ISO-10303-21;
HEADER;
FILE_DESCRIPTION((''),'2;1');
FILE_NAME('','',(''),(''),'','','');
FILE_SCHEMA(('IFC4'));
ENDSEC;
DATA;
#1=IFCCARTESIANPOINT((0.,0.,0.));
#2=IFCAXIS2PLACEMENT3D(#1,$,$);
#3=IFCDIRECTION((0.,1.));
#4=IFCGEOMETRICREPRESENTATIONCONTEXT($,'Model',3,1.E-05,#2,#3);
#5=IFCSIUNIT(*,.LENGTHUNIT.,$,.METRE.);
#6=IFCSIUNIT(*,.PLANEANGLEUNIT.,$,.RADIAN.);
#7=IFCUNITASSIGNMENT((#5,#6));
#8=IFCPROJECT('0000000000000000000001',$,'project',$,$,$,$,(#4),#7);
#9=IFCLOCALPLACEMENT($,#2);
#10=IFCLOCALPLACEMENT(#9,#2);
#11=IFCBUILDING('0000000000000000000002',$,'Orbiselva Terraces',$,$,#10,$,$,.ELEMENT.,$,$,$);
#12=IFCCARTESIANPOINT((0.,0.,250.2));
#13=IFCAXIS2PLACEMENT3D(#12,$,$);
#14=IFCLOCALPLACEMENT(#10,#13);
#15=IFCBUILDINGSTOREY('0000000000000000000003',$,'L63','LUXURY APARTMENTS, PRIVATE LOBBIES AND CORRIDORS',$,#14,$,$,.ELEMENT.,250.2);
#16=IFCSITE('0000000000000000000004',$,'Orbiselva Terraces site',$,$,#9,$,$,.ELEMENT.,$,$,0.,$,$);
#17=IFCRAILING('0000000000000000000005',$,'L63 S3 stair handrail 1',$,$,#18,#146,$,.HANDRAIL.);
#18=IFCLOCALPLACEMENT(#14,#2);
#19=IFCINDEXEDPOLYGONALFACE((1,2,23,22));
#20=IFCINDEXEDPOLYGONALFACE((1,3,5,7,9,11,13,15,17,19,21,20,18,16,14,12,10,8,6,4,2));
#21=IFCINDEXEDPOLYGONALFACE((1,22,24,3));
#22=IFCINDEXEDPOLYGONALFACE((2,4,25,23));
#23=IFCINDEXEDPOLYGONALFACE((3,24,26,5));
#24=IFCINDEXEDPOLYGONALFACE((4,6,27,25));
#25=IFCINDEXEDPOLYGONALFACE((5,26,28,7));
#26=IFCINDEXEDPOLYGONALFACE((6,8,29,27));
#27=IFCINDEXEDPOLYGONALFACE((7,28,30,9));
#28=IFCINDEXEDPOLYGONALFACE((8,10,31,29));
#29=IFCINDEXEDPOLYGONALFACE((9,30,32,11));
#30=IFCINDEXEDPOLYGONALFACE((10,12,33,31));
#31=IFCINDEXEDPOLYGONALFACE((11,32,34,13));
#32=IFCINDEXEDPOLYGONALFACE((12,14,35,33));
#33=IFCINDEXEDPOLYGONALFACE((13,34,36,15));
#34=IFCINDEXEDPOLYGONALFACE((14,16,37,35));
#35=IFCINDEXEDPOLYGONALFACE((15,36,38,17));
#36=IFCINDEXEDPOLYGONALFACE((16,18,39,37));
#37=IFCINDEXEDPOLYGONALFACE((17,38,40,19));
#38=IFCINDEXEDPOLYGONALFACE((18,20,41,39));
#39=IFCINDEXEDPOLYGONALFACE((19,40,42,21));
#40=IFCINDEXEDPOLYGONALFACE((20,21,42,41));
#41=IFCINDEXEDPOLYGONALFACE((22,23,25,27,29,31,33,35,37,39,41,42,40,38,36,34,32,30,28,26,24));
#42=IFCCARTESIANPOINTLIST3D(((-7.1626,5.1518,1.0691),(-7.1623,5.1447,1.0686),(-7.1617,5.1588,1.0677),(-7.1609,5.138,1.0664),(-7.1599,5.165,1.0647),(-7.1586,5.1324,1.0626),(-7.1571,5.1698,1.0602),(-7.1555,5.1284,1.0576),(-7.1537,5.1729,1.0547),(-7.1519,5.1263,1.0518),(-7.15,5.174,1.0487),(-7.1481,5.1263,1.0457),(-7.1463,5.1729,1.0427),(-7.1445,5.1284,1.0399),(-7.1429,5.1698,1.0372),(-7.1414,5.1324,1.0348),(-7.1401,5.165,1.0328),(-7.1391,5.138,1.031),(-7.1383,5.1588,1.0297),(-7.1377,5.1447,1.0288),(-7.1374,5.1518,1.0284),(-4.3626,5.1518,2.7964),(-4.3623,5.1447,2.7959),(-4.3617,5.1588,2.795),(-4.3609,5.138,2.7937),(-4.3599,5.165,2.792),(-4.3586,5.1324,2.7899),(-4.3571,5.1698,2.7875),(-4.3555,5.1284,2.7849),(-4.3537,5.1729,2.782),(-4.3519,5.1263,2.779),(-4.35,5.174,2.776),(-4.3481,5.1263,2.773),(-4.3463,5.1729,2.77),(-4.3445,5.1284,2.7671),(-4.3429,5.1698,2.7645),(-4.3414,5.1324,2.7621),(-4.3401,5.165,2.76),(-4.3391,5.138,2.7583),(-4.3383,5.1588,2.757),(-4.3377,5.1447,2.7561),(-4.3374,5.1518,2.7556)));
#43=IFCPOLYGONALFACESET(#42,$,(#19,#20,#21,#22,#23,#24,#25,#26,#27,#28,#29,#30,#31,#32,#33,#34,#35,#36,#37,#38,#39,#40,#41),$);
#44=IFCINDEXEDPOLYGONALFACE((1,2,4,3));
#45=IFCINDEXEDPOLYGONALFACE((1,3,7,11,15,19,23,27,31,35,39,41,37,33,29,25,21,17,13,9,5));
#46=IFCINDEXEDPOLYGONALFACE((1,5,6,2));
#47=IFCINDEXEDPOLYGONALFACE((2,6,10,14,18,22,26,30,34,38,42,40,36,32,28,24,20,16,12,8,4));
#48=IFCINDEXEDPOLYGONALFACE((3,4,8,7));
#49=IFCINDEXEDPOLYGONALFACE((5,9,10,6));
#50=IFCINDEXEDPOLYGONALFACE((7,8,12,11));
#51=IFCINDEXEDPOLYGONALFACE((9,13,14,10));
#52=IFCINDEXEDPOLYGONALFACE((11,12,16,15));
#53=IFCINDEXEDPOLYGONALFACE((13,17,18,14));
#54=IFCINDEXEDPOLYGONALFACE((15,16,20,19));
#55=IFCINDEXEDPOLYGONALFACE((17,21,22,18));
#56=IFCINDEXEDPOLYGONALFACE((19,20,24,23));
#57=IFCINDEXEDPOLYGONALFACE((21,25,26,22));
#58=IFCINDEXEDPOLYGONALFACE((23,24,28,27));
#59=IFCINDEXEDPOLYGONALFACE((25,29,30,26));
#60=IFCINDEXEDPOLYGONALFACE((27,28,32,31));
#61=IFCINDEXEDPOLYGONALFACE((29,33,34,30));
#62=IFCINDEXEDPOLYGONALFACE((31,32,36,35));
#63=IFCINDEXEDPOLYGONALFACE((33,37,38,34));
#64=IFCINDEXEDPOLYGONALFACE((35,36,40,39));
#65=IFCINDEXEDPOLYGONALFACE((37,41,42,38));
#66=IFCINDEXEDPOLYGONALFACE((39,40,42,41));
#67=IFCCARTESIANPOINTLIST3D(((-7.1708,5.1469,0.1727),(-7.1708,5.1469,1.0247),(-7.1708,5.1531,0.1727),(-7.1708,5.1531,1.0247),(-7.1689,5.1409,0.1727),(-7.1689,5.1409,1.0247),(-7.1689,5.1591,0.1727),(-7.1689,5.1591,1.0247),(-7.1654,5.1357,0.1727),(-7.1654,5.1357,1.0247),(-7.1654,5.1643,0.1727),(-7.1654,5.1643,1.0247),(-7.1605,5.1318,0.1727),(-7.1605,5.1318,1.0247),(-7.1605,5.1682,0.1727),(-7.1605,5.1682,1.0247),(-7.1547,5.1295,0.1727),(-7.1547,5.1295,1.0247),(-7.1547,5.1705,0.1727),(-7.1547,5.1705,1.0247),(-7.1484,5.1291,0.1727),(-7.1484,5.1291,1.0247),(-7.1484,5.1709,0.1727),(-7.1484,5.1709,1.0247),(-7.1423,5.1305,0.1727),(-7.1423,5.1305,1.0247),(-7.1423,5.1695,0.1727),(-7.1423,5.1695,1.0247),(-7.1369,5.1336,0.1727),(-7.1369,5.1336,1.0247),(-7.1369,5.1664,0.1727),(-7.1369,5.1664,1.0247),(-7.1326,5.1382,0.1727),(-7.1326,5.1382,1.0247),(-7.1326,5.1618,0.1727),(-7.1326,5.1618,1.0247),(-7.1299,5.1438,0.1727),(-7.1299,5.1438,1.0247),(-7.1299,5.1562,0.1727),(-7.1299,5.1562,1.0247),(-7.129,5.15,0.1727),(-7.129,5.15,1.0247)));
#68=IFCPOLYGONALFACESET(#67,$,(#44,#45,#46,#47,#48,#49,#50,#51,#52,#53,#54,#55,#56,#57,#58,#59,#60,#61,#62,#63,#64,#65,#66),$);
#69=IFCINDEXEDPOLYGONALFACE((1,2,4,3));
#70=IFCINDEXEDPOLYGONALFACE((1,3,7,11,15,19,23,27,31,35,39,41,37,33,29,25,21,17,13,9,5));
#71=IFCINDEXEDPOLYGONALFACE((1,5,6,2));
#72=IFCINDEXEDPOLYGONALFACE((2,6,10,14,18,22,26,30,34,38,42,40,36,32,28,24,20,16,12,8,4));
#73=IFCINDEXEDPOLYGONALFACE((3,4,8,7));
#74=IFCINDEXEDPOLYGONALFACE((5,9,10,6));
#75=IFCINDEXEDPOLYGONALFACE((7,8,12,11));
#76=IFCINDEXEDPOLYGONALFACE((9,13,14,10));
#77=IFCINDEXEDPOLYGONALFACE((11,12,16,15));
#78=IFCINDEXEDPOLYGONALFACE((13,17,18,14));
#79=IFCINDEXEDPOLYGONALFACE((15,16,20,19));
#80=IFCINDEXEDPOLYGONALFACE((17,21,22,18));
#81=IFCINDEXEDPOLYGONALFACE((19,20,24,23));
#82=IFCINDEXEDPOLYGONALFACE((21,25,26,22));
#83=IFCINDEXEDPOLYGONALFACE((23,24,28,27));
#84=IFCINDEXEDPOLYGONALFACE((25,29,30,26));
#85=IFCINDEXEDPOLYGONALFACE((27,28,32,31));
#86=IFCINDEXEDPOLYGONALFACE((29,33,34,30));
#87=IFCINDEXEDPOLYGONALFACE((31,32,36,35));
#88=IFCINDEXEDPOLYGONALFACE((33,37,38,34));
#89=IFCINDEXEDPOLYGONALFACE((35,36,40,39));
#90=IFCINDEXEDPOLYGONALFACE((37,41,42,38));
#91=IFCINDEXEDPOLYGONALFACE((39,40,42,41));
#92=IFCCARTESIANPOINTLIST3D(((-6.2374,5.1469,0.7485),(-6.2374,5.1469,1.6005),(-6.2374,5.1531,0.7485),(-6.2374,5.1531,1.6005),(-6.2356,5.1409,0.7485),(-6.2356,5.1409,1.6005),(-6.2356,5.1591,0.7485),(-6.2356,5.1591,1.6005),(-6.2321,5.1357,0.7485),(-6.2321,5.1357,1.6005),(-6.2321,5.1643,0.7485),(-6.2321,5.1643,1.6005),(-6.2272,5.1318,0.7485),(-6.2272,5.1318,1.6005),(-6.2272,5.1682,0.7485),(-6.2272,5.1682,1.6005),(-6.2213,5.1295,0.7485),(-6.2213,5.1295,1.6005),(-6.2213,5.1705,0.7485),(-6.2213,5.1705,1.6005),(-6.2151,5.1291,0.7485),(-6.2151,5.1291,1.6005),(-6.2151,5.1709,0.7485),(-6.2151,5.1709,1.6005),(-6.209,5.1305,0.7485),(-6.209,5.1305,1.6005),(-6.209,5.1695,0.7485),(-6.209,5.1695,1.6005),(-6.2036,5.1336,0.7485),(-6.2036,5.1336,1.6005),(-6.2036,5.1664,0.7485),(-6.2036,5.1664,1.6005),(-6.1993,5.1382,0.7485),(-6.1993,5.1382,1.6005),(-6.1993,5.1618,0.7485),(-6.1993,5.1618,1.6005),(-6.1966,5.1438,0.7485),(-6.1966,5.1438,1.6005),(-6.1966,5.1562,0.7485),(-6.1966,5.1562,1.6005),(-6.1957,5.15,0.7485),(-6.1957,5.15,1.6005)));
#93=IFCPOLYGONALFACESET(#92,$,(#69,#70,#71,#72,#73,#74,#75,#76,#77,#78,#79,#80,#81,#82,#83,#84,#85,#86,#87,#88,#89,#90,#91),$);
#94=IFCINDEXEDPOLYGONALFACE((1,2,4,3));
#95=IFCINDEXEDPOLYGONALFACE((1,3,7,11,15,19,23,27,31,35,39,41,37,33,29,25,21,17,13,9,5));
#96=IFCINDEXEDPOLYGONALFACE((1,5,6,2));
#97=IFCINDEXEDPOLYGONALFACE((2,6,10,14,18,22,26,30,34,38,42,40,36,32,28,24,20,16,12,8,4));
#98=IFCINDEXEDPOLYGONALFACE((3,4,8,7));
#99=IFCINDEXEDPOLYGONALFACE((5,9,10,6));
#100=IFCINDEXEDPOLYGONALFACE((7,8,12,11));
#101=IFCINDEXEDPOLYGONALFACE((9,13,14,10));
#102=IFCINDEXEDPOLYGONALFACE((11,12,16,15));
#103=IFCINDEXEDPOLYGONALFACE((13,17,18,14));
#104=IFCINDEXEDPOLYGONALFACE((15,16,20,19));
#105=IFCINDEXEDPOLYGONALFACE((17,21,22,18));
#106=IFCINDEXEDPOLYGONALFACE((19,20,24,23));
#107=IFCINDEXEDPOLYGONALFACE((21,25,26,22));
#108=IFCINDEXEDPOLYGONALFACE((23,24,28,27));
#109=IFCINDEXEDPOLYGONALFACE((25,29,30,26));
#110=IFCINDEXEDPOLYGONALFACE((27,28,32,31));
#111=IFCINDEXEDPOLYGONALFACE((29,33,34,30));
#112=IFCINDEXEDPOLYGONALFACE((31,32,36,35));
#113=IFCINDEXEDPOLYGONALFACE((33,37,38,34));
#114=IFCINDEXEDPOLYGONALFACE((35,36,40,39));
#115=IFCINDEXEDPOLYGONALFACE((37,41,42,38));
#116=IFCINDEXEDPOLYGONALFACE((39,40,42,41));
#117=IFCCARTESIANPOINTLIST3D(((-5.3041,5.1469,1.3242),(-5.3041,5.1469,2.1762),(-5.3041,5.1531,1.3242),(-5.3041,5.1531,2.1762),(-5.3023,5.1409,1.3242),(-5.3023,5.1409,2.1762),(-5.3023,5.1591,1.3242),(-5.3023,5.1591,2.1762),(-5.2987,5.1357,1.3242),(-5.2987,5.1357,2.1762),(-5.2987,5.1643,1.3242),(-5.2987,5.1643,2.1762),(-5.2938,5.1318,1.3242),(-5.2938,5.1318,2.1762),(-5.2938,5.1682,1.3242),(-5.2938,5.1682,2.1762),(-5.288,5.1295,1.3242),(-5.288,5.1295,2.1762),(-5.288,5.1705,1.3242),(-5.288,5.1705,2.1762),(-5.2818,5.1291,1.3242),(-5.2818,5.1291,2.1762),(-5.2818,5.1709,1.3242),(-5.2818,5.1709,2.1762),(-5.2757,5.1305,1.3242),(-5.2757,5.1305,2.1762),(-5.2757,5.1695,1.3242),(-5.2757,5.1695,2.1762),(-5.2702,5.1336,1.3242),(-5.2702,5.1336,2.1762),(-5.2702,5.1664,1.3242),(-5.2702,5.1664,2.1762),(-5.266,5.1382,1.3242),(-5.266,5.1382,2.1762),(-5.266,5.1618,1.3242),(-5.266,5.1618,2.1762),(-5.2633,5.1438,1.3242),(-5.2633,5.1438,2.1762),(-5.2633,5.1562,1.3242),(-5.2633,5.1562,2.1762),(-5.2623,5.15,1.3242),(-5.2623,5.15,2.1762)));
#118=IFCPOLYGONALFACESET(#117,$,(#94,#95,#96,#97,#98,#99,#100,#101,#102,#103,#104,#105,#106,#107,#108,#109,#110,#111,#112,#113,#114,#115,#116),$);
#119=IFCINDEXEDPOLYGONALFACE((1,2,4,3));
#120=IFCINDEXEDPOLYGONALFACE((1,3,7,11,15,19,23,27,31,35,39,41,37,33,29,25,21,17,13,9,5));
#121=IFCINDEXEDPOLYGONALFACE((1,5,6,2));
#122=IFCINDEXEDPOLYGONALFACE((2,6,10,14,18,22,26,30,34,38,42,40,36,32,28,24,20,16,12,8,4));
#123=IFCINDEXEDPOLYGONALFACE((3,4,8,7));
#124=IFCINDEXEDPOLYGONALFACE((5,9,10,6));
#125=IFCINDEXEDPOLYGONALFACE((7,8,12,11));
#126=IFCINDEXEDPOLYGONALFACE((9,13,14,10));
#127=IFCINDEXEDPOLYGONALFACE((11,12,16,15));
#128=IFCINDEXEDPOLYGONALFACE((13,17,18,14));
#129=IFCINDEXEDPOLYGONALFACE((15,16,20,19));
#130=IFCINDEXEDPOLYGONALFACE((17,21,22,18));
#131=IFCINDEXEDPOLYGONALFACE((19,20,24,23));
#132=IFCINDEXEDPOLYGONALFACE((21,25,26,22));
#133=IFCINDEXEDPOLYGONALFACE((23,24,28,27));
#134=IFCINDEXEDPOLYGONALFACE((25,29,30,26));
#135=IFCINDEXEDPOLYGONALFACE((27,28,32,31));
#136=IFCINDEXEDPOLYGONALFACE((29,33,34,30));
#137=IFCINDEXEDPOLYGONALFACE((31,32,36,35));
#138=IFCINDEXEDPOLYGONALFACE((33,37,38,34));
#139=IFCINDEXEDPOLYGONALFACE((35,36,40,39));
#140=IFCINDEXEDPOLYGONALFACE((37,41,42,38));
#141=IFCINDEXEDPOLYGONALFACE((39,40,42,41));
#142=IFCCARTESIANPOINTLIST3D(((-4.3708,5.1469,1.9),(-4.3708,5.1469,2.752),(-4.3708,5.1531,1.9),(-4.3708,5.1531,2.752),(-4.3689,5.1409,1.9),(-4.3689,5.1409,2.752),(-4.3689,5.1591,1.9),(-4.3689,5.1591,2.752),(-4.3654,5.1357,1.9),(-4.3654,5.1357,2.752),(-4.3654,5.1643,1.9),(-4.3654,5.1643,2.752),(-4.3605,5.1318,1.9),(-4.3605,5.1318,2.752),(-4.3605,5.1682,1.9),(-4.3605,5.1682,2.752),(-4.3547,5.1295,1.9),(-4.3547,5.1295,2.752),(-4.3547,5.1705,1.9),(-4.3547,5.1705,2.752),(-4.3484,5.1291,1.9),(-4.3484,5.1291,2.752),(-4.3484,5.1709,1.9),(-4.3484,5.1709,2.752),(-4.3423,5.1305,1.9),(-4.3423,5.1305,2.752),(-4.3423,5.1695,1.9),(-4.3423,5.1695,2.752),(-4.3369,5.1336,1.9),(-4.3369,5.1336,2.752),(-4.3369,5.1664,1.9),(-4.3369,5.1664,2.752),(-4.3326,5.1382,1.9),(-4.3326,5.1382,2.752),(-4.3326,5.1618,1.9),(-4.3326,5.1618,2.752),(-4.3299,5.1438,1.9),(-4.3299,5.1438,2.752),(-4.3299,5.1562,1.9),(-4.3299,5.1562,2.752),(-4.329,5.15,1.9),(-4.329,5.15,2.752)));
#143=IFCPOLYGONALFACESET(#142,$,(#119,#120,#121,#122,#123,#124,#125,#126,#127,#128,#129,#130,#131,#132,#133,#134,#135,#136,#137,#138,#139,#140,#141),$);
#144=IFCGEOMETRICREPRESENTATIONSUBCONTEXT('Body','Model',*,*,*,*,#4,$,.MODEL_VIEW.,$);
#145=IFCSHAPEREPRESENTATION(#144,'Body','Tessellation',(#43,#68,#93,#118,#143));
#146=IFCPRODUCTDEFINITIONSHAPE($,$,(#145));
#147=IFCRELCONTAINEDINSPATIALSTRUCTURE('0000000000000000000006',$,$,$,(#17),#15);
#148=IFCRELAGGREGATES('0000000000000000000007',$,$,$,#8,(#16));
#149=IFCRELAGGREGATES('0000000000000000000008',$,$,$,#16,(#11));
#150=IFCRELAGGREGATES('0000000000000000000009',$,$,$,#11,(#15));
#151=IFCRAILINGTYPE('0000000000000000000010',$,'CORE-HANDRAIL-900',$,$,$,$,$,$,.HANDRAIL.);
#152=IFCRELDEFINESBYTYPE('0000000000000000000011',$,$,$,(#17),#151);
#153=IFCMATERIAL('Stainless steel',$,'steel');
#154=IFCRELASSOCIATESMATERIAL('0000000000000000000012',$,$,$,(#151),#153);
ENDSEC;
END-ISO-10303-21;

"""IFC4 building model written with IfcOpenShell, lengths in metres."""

from ifc_helpers import new_model, si_unit, direction, frame, origin, origin_2d, place, context, subcontext, project, spatial, circle, extrude, material, type_object, element, save


model = new_model("IFC4")

# Units and contexts
model_context = context("Model", 3, precision=1e-05, world=origin(), true_north=direction((0.0, 1.0)))
body_context = subcontext(model_context, "Body", "Model", "MODEL_VIEW")
ifc_project = project(units=[si_unit("LENGTHUNIT", "METRE"), si_unit("PLANEANGLEUNIT", "RADIAN")], contexts=[model_context])

# Site, building, storey
site_placement = place(None, origin())
site = spatial("IfcSite", under=ifc_project, at=site_placement, Name="Orbiselva Terraces site", CompositionType="ELEMENT", RefElevation=0.0)
building_placement = place(site_placement, origin())
building = spatial("IfcBuilding", under=site, at=building_placement, Name="Orbiselva Terraces", CompositionType="ELEMENT")
storey_placement = place(building_placement, frame((0.0, 0.0, 250.2)))
storey = spatial("IfcBuildingStorey", under=building, at=storey_placement, Name="L63", Description="LUXURY APARTMENTS, PRIVATE LOBBIES AND CORRIDORS", CompositionType="ELEMENT", Elevation=250.2)

# Railing
ifc_material_1 = material(Name="Stainless steel", Category="steel")
railing_type_1 = type_object("IfcRailingType", Name="CORE-HANDRAIL-900", PredefinedType="HANDRAIL", material=ifc_material_1)
railing_1_placement = place(storey_placement, frame((-7.15, 5.15, 0.1727)))
element("IfcRailing", 1, at=railing_1_placement, inside=storey, type_object=railing_type_1, Name="L63 S3 stair handrail 1", PredefinedType="HANDRAIL", context=body_context, shape_type="SweptSolid", body=[
    extrude(circle(Radius=0.024, at=origin_2d()), frame((0.0, 0.0, 0.876), z_axis=(0.851089, 0.0, 0.525022), x_axis=(0.0, 1.0, 0.0)), (0.0, 0.0, 1.0), 3.2899),
    extrude(circle(Radius=0.021, at=origin_2d()), origin(), (0.0, 0.0, 1.0), 0.852),
    extrude(circle(Radius=0.021, at=origin_2d()), frame((0.9333, 0.0, 0.5758)), (0.0, 0.0, 1.0), 0.852),
    extrude(circle(Radius=0.021, at=origin_2d()), frame((1.8667, 0.0, 1.1515)), (0.0, 0.0, 1.0), 0.852),
    extrude(circle(Radius=0.021, at=origin_2d()), frame((2.8, 0.0, 1.7273)), (0.0, 0.0, 1.0), 0.852),
])

save(model, "model.ifc")
